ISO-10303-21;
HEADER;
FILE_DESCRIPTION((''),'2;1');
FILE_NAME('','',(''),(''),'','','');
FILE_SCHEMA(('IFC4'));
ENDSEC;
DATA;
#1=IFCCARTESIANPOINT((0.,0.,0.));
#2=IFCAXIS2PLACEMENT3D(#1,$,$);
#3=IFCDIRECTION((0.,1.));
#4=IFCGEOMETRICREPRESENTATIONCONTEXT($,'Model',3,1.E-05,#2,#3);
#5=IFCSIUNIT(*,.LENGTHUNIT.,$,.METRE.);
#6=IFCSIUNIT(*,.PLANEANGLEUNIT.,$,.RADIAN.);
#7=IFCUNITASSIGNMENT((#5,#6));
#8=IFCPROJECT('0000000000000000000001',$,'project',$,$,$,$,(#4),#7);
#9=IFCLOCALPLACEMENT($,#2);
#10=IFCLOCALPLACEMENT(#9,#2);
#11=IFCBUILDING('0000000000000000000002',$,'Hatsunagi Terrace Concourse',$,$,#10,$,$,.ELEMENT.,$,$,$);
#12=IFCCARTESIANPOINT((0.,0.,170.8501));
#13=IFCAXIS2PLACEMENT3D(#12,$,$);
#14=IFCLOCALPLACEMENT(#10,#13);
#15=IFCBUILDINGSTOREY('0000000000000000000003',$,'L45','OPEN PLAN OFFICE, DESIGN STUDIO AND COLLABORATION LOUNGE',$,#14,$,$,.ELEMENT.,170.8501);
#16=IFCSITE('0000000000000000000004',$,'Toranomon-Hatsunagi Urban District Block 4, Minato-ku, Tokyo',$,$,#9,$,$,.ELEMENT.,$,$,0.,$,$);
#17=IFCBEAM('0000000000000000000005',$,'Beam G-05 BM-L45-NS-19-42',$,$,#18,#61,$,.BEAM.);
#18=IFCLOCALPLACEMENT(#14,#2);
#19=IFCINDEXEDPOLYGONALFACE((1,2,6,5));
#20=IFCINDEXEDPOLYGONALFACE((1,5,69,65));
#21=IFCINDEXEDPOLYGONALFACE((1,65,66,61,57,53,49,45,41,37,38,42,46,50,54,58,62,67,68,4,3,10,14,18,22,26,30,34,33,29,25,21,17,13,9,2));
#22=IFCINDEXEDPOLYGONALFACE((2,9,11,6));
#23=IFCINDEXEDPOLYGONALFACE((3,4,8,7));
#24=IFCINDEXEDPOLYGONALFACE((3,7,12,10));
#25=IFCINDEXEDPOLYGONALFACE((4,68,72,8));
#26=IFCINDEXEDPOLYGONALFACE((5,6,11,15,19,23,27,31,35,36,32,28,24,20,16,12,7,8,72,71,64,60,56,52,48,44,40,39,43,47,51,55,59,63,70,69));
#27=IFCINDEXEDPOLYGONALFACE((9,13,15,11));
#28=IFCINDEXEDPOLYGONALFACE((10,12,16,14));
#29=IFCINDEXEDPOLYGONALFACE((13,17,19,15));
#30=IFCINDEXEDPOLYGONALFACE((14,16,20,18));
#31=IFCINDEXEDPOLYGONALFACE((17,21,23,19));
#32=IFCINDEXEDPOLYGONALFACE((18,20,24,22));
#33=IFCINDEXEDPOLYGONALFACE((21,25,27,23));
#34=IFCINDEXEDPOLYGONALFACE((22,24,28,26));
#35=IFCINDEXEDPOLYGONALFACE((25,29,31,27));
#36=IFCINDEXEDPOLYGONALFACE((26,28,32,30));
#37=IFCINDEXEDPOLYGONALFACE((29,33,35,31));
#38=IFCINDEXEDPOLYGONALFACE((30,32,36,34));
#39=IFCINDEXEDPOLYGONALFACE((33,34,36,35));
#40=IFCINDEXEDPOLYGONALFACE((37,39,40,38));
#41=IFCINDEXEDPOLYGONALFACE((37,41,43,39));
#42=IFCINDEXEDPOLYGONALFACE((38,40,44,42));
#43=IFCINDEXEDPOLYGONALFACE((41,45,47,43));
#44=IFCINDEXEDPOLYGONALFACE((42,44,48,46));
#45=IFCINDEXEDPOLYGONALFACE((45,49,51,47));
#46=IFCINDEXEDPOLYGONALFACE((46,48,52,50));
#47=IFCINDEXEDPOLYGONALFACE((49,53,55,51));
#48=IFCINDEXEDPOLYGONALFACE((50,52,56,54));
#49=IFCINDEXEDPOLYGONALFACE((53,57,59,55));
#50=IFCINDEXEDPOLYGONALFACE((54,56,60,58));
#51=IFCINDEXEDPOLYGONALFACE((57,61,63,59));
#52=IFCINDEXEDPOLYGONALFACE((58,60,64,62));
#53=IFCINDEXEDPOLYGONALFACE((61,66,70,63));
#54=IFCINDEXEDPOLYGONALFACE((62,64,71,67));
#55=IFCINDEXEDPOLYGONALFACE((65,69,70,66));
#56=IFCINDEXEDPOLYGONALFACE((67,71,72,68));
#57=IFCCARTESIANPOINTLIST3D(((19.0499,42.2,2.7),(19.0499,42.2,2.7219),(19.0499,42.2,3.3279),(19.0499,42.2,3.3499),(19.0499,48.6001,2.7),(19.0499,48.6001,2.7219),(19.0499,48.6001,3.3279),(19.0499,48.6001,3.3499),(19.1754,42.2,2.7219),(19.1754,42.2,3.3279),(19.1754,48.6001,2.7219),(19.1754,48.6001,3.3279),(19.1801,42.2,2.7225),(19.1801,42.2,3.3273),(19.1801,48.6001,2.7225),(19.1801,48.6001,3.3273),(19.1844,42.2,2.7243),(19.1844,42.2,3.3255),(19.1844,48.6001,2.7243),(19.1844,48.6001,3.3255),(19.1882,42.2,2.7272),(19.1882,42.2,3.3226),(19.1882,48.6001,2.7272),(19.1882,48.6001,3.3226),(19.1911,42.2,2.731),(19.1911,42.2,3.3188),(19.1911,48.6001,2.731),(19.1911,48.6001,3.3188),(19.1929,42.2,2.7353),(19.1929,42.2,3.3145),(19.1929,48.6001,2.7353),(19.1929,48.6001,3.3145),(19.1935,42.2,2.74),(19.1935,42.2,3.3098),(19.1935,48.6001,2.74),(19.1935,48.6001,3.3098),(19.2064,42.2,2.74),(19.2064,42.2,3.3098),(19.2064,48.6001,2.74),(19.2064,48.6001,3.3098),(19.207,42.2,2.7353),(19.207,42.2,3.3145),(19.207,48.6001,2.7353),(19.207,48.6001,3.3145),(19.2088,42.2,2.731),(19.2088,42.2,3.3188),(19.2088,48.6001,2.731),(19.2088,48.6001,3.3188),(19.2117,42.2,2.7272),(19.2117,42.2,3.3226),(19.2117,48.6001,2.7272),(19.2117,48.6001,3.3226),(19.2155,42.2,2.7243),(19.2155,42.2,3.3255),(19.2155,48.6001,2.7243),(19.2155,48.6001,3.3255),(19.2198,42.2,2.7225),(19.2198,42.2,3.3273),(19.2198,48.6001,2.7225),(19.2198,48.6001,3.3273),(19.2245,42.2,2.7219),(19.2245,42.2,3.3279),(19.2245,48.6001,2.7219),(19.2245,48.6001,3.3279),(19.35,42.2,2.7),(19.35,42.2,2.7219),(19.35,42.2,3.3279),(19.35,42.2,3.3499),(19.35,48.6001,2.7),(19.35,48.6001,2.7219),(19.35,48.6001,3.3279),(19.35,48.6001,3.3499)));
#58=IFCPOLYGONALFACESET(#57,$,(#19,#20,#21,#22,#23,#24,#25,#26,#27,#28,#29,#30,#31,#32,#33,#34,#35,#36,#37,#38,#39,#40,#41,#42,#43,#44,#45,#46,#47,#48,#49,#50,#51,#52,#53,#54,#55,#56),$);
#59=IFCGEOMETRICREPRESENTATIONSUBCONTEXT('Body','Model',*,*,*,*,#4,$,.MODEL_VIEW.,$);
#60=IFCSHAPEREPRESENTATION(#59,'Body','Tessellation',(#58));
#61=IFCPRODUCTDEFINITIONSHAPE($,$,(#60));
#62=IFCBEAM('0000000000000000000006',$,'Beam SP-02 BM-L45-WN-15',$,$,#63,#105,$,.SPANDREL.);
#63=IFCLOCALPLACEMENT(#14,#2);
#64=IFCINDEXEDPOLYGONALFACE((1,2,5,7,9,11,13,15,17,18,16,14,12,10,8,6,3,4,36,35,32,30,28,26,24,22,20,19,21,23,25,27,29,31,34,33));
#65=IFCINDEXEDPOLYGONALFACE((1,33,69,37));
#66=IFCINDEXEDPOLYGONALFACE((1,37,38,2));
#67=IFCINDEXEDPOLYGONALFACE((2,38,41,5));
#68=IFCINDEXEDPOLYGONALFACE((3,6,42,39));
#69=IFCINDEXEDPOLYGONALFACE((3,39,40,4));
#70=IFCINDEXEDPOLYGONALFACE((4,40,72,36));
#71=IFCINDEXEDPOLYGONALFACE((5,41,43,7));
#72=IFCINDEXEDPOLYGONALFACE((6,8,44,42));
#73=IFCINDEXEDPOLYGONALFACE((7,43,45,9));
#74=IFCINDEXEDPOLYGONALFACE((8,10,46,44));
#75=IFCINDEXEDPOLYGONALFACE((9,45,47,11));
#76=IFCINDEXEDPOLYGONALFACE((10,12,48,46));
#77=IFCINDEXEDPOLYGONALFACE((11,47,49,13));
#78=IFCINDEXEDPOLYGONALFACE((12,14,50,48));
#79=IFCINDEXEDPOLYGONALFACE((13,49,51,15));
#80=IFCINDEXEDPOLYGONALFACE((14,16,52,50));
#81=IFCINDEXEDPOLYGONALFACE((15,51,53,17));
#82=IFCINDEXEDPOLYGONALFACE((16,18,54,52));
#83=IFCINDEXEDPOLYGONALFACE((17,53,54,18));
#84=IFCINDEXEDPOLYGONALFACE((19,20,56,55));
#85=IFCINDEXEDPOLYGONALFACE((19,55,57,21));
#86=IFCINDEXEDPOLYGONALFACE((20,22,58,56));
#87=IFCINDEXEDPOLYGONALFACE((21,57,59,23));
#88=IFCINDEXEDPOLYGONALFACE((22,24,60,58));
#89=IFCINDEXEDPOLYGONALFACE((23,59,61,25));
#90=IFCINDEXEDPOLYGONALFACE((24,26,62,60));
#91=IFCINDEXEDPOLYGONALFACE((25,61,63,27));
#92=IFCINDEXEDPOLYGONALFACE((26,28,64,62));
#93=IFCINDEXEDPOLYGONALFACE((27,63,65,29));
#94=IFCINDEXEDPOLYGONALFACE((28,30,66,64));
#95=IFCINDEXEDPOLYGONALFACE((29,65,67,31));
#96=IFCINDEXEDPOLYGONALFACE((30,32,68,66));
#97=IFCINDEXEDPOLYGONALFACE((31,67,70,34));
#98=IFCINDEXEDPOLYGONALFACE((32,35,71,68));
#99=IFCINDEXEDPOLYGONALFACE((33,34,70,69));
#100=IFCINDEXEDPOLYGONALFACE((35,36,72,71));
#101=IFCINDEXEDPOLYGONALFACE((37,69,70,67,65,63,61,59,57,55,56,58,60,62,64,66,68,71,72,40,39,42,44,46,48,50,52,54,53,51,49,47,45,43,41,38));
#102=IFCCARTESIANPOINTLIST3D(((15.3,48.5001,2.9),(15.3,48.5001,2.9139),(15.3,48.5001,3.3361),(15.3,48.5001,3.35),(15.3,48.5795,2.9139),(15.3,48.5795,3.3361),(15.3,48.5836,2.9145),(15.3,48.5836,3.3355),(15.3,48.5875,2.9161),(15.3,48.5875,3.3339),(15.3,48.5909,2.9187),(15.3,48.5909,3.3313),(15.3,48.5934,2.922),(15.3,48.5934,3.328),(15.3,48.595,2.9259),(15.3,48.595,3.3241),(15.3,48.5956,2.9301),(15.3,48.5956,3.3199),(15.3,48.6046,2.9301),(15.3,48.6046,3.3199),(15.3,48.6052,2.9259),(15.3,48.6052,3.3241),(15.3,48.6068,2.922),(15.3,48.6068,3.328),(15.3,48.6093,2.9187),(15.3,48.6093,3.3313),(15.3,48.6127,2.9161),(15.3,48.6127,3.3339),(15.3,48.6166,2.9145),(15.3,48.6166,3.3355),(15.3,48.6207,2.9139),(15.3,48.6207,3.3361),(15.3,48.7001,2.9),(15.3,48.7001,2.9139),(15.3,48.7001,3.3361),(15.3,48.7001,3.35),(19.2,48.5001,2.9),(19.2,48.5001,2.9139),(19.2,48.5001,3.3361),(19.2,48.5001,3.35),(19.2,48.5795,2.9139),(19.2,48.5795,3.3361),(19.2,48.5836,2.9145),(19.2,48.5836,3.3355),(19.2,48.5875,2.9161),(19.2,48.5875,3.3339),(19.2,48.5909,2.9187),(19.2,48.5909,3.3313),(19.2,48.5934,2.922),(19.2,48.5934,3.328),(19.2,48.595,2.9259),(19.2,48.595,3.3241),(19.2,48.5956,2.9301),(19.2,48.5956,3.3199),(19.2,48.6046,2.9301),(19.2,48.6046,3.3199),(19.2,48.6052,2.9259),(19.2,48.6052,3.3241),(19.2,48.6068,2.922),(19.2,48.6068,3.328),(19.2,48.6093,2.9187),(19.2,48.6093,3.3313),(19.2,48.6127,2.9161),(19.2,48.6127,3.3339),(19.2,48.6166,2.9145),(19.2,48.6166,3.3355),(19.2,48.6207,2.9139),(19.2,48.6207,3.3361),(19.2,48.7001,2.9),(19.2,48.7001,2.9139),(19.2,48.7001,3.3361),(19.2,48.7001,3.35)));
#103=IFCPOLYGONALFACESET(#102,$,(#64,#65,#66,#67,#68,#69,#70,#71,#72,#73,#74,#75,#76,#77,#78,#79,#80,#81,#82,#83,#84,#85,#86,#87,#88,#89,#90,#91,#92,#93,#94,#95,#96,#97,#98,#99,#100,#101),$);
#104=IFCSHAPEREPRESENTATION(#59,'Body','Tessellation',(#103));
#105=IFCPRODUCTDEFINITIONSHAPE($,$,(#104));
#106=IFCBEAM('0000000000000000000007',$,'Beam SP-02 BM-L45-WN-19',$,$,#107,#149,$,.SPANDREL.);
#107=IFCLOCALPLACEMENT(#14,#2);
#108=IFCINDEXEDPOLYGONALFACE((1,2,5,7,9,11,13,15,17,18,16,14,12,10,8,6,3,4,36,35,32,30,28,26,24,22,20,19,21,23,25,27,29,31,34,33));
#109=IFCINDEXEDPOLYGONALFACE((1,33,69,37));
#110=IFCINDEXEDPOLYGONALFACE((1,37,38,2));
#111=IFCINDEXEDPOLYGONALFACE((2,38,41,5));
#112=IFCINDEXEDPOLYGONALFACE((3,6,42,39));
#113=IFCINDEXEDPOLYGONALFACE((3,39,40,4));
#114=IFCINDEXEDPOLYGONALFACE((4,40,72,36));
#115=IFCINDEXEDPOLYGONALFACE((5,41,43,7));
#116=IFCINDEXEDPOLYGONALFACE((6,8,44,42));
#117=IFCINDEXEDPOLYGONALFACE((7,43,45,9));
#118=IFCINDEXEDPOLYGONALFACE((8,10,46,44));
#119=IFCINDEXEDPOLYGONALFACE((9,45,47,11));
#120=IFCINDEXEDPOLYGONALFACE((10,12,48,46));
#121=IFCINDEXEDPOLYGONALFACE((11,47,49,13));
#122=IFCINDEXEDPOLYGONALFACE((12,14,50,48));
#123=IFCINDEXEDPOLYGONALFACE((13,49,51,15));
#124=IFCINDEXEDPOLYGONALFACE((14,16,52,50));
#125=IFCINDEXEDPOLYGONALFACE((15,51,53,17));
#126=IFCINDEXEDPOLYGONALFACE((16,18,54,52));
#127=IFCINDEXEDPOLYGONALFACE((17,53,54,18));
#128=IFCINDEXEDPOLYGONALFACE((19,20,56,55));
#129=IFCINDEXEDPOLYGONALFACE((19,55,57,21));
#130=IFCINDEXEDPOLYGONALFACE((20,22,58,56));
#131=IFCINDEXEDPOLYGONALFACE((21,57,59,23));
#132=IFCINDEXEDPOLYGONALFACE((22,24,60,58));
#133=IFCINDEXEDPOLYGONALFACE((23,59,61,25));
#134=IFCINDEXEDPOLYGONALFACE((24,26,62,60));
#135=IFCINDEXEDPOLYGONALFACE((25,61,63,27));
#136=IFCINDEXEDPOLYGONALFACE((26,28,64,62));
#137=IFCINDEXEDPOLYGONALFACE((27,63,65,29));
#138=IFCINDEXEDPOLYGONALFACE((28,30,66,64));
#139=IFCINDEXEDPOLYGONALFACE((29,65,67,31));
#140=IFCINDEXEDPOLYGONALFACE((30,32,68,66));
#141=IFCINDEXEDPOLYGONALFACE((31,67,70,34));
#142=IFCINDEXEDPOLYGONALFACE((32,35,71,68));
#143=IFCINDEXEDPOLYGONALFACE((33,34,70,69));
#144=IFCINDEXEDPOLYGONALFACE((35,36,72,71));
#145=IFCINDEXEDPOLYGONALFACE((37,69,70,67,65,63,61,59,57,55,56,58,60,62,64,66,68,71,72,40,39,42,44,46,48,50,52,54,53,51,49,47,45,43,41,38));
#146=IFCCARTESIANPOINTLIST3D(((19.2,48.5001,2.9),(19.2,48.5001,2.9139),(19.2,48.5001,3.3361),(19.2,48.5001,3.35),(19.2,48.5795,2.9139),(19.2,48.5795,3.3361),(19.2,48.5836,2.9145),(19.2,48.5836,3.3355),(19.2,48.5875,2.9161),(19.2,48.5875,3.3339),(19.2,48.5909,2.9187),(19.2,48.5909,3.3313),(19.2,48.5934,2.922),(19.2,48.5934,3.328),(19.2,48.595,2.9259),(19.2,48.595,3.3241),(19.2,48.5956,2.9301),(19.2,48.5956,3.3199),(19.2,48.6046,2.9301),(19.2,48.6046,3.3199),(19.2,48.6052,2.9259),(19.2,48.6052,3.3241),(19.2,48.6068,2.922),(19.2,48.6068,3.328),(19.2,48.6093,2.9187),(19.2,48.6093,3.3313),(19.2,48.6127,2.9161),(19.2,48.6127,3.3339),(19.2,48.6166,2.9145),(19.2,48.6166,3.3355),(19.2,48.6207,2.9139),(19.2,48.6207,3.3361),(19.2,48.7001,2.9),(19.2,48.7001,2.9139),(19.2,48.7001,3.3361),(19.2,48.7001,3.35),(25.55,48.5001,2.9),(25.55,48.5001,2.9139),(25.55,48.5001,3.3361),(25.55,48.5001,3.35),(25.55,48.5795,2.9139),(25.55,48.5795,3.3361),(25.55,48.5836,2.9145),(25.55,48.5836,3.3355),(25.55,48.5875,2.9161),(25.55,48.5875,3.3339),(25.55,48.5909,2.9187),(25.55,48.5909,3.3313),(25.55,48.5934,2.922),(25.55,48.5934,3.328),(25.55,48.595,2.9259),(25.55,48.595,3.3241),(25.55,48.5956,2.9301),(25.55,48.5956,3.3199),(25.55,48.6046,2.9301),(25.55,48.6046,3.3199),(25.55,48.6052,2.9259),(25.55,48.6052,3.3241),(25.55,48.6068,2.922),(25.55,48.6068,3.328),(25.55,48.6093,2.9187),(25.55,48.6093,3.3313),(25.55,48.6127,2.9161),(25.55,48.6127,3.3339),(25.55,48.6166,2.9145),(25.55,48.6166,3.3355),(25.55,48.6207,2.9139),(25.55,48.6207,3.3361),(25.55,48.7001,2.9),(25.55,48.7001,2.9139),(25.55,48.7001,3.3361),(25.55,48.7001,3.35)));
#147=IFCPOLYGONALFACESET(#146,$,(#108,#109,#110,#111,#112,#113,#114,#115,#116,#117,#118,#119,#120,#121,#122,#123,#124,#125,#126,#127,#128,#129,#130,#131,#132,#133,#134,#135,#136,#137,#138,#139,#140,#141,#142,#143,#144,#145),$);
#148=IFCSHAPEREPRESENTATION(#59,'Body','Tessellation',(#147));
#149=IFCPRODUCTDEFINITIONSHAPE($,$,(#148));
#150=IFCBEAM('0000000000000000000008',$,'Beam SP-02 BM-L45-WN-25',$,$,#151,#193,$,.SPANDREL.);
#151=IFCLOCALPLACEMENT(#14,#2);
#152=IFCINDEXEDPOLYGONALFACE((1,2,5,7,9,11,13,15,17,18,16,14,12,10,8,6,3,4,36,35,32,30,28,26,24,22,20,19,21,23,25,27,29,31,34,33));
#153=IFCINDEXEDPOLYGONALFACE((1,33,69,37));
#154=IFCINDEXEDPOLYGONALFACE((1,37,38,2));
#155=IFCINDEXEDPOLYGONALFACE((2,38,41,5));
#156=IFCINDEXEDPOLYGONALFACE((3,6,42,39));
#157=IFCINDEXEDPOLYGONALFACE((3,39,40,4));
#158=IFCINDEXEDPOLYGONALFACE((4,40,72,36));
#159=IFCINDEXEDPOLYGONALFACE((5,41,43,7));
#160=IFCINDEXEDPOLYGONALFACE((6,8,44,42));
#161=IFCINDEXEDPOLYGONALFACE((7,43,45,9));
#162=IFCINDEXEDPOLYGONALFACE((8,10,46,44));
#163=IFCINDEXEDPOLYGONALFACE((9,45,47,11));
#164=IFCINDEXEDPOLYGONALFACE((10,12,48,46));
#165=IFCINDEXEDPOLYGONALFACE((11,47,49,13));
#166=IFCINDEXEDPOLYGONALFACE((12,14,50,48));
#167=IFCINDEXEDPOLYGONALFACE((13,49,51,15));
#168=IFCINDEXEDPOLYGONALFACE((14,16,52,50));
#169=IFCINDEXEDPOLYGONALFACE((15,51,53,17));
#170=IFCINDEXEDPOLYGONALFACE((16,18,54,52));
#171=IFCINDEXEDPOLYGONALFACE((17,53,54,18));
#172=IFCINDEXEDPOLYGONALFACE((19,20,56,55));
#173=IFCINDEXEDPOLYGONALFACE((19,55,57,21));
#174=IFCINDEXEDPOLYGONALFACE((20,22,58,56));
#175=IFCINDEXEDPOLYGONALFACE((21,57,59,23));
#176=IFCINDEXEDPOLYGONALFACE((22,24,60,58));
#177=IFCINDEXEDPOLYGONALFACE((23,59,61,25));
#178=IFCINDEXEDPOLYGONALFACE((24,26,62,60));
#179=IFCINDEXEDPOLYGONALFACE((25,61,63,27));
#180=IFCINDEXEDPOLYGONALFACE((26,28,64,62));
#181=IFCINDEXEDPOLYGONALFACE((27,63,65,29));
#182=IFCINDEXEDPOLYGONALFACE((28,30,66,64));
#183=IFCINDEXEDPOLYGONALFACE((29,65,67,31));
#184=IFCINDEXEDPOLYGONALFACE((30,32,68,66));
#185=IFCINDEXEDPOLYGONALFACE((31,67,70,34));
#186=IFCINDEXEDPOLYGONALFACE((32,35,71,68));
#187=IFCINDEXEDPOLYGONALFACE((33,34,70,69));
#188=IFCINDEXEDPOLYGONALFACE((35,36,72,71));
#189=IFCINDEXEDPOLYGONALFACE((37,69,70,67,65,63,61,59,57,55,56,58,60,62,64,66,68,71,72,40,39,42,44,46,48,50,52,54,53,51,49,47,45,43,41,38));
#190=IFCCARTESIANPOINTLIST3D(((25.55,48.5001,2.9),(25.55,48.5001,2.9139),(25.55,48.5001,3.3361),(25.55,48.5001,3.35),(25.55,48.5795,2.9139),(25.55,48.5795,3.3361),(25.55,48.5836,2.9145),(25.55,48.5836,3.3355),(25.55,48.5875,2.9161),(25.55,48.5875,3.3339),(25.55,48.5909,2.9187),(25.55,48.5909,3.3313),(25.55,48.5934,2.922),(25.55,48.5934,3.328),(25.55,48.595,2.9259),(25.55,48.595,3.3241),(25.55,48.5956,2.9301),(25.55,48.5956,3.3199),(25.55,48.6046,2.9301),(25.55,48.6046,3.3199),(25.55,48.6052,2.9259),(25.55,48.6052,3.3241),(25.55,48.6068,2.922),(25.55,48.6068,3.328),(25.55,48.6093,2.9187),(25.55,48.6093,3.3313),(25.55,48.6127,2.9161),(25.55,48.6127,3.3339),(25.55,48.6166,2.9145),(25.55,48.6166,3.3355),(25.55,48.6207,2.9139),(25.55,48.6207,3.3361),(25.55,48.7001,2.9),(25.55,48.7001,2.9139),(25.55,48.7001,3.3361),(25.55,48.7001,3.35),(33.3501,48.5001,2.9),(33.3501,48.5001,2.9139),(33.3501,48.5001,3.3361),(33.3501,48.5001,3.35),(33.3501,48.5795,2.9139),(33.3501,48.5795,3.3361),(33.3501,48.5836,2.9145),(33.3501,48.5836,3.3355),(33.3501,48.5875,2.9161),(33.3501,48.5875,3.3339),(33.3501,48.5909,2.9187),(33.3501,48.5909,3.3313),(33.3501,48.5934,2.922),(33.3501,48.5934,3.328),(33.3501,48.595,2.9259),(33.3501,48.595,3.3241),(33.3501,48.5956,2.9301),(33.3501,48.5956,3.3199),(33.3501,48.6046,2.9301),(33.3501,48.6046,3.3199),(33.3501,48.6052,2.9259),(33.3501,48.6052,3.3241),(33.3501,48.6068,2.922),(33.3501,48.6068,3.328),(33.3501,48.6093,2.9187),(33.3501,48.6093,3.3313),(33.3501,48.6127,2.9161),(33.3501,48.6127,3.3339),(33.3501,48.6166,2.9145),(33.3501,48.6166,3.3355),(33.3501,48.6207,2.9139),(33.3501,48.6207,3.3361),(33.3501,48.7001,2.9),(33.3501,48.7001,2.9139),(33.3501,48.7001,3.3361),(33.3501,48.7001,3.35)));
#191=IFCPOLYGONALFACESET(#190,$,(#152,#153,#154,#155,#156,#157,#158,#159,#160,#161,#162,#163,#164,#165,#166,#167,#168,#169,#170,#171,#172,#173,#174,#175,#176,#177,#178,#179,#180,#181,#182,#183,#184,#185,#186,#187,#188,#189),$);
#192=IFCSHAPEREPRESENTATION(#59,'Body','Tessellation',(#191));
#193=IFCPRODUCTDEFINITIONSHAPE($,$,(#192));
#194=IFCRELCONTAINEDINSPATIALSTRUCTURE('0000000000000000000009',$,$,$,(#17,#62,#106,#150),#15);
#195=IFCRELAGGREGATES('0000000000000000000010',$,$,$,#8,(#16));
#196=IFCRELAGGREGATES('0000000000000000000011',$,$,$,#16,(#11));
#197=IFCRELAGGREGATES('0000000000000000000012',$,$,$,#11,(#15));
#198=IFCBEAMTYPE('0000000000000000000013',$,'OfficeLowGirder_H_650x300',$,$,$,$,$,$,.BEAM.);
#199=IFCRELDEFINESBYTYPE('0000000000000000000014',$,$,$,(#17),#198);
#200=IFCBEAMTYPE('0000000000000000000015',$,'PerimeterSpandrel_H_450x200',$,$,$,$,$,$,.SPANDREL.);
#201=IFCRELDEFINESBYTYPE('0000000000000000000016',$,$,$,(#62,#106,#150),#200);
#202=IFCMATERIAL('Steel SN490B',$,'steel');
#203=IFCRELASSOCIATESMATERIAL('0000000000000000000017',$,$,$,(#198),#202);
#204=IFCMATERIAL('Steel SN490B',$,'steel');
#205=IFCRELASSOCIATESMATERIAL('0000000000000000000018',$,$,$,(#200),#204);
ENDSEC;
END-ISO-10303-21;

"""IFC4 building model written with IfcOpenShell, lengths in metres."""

from ifc_helpers import new_model, si_unit, direction, frame, origin, origin_2d, place, context, subcontext, project, spatial, i_section, extrude, material, material_profile, profile_set, type_object, element, save


model = new_model("IFC4")

# Units and contexts
model_context = context("Model", 3, precision=1e-05, world=origin(), true_north=direction((0.0, 1.0)))
body_context = subcontext(model_context, "Body", "Model", "MODEL_VIEW")
ifc_project = project(units=[si_unit("LENGTHUNIT", "METRE"), si_unit("PLANEANGLEUNIT", "RADIAN")], contexts=[model_context])

# Site, building, storey
site_placement = place(None, origin())
site = spatial("IfcSite", under=ifc_project, at=site_placement, Name="Toranomon-Hatsunagi Urban District Block 4, Minato-ku, Tokyo", CompositionType="ELEMENT", RefElevation=0.0)
building_placement = place(site_placement, origin())
building = spatial("IfcBuilding", under=site, at=building_placement, Name="Hatsunagi Terrace Concourse", CompositionType="ELEMENT")
storey_placement = place(building_placement, frame((0.0, 0.0, 170.8501)))
storey = spatial("IfcBuildingStorey", under=building, at=storey_placement, Name="L45", Description="OPEN PLAN OFFICE, DESIGN STUDIO AND COLLABORATION LOUNGE", CompositionType="ELEMENT", Elevation=170.8501)

# Beams
ifc_material_1 = material(Name="Steel SN490B", Category="steel")
ifc_material_profile_1 = material_profile(ifc_material_1, i_section(OverallWidth=0.3, OverallDepth=0.6499, WebThickness=0.0129, FlangeThickness=0.022, FilletRadius=0.0181, at=origin_2d()), Name="H-650x300x13x22")
ifc_profile_set_1 = profile_set([ifc_material_profile_1], Name="Steel SN490B")
beam_type_1 = type_object("IfcBeamType", Name="OfficeLowGirder_H_650x300", PredefinedType="BEAM", material=ifc_profile_set_1)
beam_1_placement = place(storey_placement, frame((19.2, 42.2, 3.0249), z_axis=(0.0, 1.0, 0.0), x_axis=(-1.0, 0.0, 0.0)))
element("IfcBeam", 1, at=beam_1_placement, inside=storey, type_object=beam_type_1, Name="Beam G-05 BM-L45-NS-19-42", PredefinedType="BEAM", context=body_context, shape_type="SweptSolid", body=[
    extrude(i_section(OverallWidth=0.3, OverallDepth=0.6499, WebThickness=0.0129, FlangeThickness=0.022, FilletRadius=0.0181, at=origin_2d()), origin(), (0.0, 0.0, 1.0), 6.4001),
])
ifc_material_2 = material(Name="Steel SN490B", Category="steel")
ifc_material_profile_2 = material_profile(ifc_material_2, i_section(OverallWidth=0.2, OverallDepth=0.45, WebThickness=0.009, FlangeThickness=0.0139, FilletRadius=0.0161, at=origin_2d()), Name="H-450x200x9x14")
ifc_profile_set_2 = profile_set([ifc_material_profile_2], Name="Steel SN490B")
beam_type_2 = type_object("IfcBeamType", Name="PerimeterSpandrel_H_450x200", PredefinedType="SPANDREL", material=ifc_profile_set_2)
beam_2_placement = place(storey_placement, frame((15.3, 48.6001, 3.125), z_axis=(1.0, 0.0, 0.0), x_axis=(0.0, 1.0, 0.0)))
element("IfcBeam", 2, at=beam_2_placement, inside=storey, type_object=beam_type_2, Name="Beam SP-02 BM-L45-WN-15", PredefinedType="SPANDREL", context=body_context, shape_type="SweptSolid", body=[
    extrude(i_section(OverallWidth=0.2, OverallDepth=0.45, WebThickness=0.009, FlangeThickness=0.0139, FilletRadius=0.0161, at=origin_2d()), origin(), (0.0, 0.0, 1.0), 3.8999),
])
beam_3_placement = place(storey_placement, frame((19.2, 48.6001, 3.125), z_axis=(1.0, 0.0, 0.0), x_axis=(0.0, 1.0, 0.0)))
element("IfcBeam", 3, at=beam_3_placement, inside=storey, type_object=beam_type_2, Name="Beam SP-02 BM-L45-WN-19", PredefinedType="SPANDREL", context=body_context, shape_type="SweptSolid", body=[
    extrude(i_section(OverallWidth=0.2, OverallDepth=0.45, WebThickness=0.009, FlangeThickness=0.0139, FilletRadius=0.0161, at=origin_2d()), origin(), (0.0, 0.0, 1.0), 6.3501),
])
beam_4_placement = place(storey_placement, frame((25.55, 48.6001, 3.125), z_axis=(1.0, 0.0, 0.0), x_axis=(0.0, 1.0, 0.0)))
element("IfcBeam", 4, at=beam_4_placement, inside=storey, type_object=beam_type_2, Name="Beam SP-02 BM-L45-WN-25", PredefinedType="SPANDREL", context=body_context, shape_type="SweptSolid", body=[
    extrude(i_section(OverallWidth=0.2, OverallDepth=0.45, WebThickness=0.009, FlangeThickness=0.0139, FilletRadius=0.0161, at=origin_2d()), origin(), (0.0, 0.0, 1.0), 7.8),
])

save(model, "model.ifc")
